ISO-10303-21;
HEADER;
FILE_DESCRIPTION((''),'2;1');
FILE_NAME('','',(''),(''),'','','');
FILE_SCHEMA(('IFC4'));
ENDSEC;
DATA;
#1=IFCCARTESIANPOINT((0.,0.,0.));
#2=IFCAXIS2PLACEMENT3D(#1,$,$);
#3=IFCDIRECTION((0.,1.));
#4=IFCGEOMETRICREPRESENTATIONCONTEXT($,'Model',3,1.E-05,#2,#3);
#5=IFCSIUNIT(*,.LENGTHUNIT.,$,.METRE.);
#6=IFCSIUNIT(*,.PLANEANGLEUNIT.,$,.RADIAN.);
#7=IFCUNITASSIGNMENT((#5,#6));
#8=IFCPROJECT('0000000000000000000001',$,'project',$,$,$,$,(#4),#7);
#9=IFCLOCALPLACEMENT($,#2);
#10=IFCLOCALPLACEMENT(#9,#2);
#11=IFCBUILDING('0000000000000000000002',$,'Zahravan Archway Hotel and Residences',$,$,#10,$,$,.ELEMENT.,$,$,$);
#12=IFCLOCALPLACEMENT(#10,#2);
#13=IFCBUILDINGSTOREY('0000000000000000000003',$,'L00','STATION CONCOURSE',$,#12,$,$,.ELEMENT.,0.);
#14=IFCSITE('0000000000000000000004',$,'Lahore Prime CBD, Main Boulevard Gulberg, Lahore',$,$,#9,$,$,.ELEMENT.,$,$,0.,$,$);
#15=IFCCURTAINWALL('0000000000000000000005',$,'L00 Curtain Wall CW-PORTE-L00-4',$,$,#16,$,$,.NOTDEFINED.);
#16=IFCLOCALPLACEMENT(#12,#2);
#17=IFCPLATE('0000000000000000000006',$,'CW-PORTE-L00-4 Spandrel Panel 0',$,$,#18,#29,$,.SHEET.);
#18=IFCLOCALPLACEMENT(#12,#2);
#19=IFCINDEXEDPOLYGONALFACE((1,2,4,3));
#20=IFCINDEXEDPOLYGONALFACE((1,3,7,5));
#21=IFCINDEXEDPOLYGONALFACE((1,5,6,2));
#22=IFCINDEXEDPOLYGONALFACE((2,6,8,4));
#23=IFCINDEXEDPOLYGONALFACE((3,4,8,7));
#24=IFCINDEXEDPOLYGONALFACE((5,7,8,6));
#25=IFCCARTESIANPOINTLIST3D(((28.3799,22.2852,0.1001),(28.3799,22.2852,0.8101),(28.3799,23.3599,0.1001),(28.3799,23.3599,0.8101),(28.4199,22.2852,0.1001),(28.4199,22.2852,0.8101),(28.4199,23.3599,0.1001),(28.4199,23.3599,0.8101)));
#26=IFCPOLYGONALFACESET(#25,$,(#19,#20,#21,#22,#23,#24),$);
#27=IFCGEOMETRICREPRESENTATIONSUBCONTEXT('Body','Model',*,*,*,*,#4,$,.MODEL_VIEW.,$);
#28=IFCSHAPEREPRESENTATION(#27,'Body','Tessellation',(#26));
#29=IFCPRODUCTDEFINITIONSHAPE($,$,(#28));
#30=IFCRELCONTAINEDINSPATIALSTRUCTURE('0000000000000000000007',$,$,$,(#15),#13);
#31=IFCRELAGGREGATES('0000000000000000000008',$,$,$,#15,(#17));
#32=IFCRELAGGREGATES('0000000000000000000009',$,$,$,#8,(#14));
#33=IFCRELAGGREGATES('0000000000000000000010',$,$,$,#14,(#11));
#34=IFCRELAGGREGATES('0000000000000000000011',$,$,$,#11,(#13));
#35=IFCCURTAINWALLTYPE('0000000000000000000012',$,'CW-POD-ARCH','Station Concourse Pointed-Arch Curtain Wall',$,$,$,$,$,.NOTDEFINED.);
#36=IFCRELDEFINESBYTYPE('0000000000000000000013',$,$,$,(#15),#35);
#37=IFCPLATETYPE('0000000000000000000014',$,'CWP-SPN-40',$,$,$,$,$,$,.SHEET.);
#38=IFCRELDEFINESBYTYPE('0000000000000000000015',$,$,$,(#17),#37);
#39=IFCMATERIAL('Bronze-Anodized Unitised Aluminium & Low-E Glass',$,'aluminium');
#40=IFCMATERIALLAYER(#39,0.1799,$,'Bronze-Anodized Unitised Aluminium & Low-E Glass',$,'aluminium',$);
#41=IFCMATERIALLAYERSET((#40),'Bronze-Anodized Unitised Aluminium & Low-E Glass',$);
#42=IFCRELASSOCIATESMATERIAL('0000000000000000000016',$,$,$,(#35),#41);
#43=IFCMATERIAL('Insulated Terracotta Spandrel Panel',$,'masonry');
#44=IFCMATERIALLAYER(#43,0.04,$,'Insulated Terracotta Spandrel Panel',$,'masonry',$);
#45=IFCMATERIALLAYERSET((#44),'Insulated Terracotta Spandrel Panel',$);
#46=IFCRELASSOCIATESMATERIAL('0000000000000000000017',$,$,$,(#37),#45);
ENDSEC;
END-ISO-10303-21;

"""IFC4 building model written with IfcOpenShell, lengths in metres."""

from ifc_helpers import new_model, si_unit, direction, frame, origin, origin_2d, place, context, subcontext, project, spatial, rectangle, extrude, source, transform, mapped, material, layer, layer_set, type_object, element, aggregate, save


model = new_model("IFC4")

# Units and contexts
model_context = context("Model", 3, precision=1e-05, world=origin(), true_north=direction((0.0, 1.0)))
body_context = subcontext(model_context, "Body", "Model", "MODEL_VIEW")
ifc_project = project(units=[si_unit("LENGTHUNIT", "METRE"), si_unit("PLANEANGLEUNIT", "RADIAN")], contexts=[model_context])

# Site, building, storey
site_placement = place(None, origin())
site = spatial("IfcSite", under=ifc_project, at=site_placement, Name="Lahore Prime CBD, Main Boulevard Gulberg, Lahore", CompositionType="ELEMENT", RefElevation=0.0)
building_placement = place(site_placement, origin())
building = spatial("IfcBuilding", under=site, at=building_placement, Name="Zahravan Archway Hotel and Residences", CompositionType="ELEMENT")
storey_placement = place(building_placement, origin())
storey = spatial("IfcBuildingStorey", under=building, at=storey_placement, Name="L00", Description="STATION CONCOURSE", CompositionType="ELEMENT", Elevation=0.0)

# Shared definitions
ifc_material_1 = material(Name="Bronze-Anodized Unitised Aluminium & Low-E Glass", Category="aluminium")
ifc_layer_1 = layer(ifc_material_1, 0.1799, Name="Bronze-Anodized Unitised Aluminium & Low-E Glass", Category="aluminium")
ifc_layer_set_1 = layer_set([ifc_layer_1], Name="Bronze-Anodized Unitised Aluminium & Low-E Glass")
curtain_wall_type = type_object("IfcCurtainWallType", Name="CW-POD-ARCH", Description="Station Concourse Pointed-Arch Curtain Wall", PredefinedType="NOTDEFINED", material=ifc_layer_set_1)

# Curtain wall
curtain_wall_1_placement = place(storey_placement, origin())
curtain_wall_1 = element("IfcCurtainWall", 1, at=curtain_wall_1_placement, inside=storey, type_object=curtain_wall_type, Name="L00 Curtain Wall CW-PORTE-L00-4", PredefinedType="NOTDEFINED")

# Plate
ifc_material_2 = material(Name="Insulated Terracotta Spandrel Panel", Category="masonry")
ifc_layer_2 = layer(ifc_material_2, 0.04, Name="Insulated Terracotta Spandrel Panel", Category="masonry")
ifc_layer_set_2 = layer_set([ifc_layer_2], Name="Insulated Terracotta Spandrel Panel")
plate_type_1 = type_object("IfcPlateType", Name="CWP-SPN-40", PredefinedType="SHEET", material=ifc_layer_set_2)
shared_shape_1 = source(origin(), body_context, "Body", "SweptSolid", [
    extrude(rectangle(XDim=1.0747, YDim=0.04, at=origin_2d()), origin(), (0.0, 0.0, 1.0), 0.71),
])
plate_1_placement = place(storey_placement, frame((28.3999, 22.8225, 0.1001), z_axis=(0.0, 0.0, 1.0), x_axis=(0.0, 1.0, 0.0)))
plate_1 = element("IfcPlate", 2, at=plate_1_placement, type_object=plate_type_1, Name="CW-PORTE-L00-4 Spandrel Panel 0", PredefinedType="SHEET", context=body_context, shape_type="MappedRepresentation", body=[
    mapped(shared_shape_1, transform((0.0, 0.0, 0.0), scale=1.0)),
])
aggregate(curtain_wall_1, [plate_1])

save(model, "model.ifc")
